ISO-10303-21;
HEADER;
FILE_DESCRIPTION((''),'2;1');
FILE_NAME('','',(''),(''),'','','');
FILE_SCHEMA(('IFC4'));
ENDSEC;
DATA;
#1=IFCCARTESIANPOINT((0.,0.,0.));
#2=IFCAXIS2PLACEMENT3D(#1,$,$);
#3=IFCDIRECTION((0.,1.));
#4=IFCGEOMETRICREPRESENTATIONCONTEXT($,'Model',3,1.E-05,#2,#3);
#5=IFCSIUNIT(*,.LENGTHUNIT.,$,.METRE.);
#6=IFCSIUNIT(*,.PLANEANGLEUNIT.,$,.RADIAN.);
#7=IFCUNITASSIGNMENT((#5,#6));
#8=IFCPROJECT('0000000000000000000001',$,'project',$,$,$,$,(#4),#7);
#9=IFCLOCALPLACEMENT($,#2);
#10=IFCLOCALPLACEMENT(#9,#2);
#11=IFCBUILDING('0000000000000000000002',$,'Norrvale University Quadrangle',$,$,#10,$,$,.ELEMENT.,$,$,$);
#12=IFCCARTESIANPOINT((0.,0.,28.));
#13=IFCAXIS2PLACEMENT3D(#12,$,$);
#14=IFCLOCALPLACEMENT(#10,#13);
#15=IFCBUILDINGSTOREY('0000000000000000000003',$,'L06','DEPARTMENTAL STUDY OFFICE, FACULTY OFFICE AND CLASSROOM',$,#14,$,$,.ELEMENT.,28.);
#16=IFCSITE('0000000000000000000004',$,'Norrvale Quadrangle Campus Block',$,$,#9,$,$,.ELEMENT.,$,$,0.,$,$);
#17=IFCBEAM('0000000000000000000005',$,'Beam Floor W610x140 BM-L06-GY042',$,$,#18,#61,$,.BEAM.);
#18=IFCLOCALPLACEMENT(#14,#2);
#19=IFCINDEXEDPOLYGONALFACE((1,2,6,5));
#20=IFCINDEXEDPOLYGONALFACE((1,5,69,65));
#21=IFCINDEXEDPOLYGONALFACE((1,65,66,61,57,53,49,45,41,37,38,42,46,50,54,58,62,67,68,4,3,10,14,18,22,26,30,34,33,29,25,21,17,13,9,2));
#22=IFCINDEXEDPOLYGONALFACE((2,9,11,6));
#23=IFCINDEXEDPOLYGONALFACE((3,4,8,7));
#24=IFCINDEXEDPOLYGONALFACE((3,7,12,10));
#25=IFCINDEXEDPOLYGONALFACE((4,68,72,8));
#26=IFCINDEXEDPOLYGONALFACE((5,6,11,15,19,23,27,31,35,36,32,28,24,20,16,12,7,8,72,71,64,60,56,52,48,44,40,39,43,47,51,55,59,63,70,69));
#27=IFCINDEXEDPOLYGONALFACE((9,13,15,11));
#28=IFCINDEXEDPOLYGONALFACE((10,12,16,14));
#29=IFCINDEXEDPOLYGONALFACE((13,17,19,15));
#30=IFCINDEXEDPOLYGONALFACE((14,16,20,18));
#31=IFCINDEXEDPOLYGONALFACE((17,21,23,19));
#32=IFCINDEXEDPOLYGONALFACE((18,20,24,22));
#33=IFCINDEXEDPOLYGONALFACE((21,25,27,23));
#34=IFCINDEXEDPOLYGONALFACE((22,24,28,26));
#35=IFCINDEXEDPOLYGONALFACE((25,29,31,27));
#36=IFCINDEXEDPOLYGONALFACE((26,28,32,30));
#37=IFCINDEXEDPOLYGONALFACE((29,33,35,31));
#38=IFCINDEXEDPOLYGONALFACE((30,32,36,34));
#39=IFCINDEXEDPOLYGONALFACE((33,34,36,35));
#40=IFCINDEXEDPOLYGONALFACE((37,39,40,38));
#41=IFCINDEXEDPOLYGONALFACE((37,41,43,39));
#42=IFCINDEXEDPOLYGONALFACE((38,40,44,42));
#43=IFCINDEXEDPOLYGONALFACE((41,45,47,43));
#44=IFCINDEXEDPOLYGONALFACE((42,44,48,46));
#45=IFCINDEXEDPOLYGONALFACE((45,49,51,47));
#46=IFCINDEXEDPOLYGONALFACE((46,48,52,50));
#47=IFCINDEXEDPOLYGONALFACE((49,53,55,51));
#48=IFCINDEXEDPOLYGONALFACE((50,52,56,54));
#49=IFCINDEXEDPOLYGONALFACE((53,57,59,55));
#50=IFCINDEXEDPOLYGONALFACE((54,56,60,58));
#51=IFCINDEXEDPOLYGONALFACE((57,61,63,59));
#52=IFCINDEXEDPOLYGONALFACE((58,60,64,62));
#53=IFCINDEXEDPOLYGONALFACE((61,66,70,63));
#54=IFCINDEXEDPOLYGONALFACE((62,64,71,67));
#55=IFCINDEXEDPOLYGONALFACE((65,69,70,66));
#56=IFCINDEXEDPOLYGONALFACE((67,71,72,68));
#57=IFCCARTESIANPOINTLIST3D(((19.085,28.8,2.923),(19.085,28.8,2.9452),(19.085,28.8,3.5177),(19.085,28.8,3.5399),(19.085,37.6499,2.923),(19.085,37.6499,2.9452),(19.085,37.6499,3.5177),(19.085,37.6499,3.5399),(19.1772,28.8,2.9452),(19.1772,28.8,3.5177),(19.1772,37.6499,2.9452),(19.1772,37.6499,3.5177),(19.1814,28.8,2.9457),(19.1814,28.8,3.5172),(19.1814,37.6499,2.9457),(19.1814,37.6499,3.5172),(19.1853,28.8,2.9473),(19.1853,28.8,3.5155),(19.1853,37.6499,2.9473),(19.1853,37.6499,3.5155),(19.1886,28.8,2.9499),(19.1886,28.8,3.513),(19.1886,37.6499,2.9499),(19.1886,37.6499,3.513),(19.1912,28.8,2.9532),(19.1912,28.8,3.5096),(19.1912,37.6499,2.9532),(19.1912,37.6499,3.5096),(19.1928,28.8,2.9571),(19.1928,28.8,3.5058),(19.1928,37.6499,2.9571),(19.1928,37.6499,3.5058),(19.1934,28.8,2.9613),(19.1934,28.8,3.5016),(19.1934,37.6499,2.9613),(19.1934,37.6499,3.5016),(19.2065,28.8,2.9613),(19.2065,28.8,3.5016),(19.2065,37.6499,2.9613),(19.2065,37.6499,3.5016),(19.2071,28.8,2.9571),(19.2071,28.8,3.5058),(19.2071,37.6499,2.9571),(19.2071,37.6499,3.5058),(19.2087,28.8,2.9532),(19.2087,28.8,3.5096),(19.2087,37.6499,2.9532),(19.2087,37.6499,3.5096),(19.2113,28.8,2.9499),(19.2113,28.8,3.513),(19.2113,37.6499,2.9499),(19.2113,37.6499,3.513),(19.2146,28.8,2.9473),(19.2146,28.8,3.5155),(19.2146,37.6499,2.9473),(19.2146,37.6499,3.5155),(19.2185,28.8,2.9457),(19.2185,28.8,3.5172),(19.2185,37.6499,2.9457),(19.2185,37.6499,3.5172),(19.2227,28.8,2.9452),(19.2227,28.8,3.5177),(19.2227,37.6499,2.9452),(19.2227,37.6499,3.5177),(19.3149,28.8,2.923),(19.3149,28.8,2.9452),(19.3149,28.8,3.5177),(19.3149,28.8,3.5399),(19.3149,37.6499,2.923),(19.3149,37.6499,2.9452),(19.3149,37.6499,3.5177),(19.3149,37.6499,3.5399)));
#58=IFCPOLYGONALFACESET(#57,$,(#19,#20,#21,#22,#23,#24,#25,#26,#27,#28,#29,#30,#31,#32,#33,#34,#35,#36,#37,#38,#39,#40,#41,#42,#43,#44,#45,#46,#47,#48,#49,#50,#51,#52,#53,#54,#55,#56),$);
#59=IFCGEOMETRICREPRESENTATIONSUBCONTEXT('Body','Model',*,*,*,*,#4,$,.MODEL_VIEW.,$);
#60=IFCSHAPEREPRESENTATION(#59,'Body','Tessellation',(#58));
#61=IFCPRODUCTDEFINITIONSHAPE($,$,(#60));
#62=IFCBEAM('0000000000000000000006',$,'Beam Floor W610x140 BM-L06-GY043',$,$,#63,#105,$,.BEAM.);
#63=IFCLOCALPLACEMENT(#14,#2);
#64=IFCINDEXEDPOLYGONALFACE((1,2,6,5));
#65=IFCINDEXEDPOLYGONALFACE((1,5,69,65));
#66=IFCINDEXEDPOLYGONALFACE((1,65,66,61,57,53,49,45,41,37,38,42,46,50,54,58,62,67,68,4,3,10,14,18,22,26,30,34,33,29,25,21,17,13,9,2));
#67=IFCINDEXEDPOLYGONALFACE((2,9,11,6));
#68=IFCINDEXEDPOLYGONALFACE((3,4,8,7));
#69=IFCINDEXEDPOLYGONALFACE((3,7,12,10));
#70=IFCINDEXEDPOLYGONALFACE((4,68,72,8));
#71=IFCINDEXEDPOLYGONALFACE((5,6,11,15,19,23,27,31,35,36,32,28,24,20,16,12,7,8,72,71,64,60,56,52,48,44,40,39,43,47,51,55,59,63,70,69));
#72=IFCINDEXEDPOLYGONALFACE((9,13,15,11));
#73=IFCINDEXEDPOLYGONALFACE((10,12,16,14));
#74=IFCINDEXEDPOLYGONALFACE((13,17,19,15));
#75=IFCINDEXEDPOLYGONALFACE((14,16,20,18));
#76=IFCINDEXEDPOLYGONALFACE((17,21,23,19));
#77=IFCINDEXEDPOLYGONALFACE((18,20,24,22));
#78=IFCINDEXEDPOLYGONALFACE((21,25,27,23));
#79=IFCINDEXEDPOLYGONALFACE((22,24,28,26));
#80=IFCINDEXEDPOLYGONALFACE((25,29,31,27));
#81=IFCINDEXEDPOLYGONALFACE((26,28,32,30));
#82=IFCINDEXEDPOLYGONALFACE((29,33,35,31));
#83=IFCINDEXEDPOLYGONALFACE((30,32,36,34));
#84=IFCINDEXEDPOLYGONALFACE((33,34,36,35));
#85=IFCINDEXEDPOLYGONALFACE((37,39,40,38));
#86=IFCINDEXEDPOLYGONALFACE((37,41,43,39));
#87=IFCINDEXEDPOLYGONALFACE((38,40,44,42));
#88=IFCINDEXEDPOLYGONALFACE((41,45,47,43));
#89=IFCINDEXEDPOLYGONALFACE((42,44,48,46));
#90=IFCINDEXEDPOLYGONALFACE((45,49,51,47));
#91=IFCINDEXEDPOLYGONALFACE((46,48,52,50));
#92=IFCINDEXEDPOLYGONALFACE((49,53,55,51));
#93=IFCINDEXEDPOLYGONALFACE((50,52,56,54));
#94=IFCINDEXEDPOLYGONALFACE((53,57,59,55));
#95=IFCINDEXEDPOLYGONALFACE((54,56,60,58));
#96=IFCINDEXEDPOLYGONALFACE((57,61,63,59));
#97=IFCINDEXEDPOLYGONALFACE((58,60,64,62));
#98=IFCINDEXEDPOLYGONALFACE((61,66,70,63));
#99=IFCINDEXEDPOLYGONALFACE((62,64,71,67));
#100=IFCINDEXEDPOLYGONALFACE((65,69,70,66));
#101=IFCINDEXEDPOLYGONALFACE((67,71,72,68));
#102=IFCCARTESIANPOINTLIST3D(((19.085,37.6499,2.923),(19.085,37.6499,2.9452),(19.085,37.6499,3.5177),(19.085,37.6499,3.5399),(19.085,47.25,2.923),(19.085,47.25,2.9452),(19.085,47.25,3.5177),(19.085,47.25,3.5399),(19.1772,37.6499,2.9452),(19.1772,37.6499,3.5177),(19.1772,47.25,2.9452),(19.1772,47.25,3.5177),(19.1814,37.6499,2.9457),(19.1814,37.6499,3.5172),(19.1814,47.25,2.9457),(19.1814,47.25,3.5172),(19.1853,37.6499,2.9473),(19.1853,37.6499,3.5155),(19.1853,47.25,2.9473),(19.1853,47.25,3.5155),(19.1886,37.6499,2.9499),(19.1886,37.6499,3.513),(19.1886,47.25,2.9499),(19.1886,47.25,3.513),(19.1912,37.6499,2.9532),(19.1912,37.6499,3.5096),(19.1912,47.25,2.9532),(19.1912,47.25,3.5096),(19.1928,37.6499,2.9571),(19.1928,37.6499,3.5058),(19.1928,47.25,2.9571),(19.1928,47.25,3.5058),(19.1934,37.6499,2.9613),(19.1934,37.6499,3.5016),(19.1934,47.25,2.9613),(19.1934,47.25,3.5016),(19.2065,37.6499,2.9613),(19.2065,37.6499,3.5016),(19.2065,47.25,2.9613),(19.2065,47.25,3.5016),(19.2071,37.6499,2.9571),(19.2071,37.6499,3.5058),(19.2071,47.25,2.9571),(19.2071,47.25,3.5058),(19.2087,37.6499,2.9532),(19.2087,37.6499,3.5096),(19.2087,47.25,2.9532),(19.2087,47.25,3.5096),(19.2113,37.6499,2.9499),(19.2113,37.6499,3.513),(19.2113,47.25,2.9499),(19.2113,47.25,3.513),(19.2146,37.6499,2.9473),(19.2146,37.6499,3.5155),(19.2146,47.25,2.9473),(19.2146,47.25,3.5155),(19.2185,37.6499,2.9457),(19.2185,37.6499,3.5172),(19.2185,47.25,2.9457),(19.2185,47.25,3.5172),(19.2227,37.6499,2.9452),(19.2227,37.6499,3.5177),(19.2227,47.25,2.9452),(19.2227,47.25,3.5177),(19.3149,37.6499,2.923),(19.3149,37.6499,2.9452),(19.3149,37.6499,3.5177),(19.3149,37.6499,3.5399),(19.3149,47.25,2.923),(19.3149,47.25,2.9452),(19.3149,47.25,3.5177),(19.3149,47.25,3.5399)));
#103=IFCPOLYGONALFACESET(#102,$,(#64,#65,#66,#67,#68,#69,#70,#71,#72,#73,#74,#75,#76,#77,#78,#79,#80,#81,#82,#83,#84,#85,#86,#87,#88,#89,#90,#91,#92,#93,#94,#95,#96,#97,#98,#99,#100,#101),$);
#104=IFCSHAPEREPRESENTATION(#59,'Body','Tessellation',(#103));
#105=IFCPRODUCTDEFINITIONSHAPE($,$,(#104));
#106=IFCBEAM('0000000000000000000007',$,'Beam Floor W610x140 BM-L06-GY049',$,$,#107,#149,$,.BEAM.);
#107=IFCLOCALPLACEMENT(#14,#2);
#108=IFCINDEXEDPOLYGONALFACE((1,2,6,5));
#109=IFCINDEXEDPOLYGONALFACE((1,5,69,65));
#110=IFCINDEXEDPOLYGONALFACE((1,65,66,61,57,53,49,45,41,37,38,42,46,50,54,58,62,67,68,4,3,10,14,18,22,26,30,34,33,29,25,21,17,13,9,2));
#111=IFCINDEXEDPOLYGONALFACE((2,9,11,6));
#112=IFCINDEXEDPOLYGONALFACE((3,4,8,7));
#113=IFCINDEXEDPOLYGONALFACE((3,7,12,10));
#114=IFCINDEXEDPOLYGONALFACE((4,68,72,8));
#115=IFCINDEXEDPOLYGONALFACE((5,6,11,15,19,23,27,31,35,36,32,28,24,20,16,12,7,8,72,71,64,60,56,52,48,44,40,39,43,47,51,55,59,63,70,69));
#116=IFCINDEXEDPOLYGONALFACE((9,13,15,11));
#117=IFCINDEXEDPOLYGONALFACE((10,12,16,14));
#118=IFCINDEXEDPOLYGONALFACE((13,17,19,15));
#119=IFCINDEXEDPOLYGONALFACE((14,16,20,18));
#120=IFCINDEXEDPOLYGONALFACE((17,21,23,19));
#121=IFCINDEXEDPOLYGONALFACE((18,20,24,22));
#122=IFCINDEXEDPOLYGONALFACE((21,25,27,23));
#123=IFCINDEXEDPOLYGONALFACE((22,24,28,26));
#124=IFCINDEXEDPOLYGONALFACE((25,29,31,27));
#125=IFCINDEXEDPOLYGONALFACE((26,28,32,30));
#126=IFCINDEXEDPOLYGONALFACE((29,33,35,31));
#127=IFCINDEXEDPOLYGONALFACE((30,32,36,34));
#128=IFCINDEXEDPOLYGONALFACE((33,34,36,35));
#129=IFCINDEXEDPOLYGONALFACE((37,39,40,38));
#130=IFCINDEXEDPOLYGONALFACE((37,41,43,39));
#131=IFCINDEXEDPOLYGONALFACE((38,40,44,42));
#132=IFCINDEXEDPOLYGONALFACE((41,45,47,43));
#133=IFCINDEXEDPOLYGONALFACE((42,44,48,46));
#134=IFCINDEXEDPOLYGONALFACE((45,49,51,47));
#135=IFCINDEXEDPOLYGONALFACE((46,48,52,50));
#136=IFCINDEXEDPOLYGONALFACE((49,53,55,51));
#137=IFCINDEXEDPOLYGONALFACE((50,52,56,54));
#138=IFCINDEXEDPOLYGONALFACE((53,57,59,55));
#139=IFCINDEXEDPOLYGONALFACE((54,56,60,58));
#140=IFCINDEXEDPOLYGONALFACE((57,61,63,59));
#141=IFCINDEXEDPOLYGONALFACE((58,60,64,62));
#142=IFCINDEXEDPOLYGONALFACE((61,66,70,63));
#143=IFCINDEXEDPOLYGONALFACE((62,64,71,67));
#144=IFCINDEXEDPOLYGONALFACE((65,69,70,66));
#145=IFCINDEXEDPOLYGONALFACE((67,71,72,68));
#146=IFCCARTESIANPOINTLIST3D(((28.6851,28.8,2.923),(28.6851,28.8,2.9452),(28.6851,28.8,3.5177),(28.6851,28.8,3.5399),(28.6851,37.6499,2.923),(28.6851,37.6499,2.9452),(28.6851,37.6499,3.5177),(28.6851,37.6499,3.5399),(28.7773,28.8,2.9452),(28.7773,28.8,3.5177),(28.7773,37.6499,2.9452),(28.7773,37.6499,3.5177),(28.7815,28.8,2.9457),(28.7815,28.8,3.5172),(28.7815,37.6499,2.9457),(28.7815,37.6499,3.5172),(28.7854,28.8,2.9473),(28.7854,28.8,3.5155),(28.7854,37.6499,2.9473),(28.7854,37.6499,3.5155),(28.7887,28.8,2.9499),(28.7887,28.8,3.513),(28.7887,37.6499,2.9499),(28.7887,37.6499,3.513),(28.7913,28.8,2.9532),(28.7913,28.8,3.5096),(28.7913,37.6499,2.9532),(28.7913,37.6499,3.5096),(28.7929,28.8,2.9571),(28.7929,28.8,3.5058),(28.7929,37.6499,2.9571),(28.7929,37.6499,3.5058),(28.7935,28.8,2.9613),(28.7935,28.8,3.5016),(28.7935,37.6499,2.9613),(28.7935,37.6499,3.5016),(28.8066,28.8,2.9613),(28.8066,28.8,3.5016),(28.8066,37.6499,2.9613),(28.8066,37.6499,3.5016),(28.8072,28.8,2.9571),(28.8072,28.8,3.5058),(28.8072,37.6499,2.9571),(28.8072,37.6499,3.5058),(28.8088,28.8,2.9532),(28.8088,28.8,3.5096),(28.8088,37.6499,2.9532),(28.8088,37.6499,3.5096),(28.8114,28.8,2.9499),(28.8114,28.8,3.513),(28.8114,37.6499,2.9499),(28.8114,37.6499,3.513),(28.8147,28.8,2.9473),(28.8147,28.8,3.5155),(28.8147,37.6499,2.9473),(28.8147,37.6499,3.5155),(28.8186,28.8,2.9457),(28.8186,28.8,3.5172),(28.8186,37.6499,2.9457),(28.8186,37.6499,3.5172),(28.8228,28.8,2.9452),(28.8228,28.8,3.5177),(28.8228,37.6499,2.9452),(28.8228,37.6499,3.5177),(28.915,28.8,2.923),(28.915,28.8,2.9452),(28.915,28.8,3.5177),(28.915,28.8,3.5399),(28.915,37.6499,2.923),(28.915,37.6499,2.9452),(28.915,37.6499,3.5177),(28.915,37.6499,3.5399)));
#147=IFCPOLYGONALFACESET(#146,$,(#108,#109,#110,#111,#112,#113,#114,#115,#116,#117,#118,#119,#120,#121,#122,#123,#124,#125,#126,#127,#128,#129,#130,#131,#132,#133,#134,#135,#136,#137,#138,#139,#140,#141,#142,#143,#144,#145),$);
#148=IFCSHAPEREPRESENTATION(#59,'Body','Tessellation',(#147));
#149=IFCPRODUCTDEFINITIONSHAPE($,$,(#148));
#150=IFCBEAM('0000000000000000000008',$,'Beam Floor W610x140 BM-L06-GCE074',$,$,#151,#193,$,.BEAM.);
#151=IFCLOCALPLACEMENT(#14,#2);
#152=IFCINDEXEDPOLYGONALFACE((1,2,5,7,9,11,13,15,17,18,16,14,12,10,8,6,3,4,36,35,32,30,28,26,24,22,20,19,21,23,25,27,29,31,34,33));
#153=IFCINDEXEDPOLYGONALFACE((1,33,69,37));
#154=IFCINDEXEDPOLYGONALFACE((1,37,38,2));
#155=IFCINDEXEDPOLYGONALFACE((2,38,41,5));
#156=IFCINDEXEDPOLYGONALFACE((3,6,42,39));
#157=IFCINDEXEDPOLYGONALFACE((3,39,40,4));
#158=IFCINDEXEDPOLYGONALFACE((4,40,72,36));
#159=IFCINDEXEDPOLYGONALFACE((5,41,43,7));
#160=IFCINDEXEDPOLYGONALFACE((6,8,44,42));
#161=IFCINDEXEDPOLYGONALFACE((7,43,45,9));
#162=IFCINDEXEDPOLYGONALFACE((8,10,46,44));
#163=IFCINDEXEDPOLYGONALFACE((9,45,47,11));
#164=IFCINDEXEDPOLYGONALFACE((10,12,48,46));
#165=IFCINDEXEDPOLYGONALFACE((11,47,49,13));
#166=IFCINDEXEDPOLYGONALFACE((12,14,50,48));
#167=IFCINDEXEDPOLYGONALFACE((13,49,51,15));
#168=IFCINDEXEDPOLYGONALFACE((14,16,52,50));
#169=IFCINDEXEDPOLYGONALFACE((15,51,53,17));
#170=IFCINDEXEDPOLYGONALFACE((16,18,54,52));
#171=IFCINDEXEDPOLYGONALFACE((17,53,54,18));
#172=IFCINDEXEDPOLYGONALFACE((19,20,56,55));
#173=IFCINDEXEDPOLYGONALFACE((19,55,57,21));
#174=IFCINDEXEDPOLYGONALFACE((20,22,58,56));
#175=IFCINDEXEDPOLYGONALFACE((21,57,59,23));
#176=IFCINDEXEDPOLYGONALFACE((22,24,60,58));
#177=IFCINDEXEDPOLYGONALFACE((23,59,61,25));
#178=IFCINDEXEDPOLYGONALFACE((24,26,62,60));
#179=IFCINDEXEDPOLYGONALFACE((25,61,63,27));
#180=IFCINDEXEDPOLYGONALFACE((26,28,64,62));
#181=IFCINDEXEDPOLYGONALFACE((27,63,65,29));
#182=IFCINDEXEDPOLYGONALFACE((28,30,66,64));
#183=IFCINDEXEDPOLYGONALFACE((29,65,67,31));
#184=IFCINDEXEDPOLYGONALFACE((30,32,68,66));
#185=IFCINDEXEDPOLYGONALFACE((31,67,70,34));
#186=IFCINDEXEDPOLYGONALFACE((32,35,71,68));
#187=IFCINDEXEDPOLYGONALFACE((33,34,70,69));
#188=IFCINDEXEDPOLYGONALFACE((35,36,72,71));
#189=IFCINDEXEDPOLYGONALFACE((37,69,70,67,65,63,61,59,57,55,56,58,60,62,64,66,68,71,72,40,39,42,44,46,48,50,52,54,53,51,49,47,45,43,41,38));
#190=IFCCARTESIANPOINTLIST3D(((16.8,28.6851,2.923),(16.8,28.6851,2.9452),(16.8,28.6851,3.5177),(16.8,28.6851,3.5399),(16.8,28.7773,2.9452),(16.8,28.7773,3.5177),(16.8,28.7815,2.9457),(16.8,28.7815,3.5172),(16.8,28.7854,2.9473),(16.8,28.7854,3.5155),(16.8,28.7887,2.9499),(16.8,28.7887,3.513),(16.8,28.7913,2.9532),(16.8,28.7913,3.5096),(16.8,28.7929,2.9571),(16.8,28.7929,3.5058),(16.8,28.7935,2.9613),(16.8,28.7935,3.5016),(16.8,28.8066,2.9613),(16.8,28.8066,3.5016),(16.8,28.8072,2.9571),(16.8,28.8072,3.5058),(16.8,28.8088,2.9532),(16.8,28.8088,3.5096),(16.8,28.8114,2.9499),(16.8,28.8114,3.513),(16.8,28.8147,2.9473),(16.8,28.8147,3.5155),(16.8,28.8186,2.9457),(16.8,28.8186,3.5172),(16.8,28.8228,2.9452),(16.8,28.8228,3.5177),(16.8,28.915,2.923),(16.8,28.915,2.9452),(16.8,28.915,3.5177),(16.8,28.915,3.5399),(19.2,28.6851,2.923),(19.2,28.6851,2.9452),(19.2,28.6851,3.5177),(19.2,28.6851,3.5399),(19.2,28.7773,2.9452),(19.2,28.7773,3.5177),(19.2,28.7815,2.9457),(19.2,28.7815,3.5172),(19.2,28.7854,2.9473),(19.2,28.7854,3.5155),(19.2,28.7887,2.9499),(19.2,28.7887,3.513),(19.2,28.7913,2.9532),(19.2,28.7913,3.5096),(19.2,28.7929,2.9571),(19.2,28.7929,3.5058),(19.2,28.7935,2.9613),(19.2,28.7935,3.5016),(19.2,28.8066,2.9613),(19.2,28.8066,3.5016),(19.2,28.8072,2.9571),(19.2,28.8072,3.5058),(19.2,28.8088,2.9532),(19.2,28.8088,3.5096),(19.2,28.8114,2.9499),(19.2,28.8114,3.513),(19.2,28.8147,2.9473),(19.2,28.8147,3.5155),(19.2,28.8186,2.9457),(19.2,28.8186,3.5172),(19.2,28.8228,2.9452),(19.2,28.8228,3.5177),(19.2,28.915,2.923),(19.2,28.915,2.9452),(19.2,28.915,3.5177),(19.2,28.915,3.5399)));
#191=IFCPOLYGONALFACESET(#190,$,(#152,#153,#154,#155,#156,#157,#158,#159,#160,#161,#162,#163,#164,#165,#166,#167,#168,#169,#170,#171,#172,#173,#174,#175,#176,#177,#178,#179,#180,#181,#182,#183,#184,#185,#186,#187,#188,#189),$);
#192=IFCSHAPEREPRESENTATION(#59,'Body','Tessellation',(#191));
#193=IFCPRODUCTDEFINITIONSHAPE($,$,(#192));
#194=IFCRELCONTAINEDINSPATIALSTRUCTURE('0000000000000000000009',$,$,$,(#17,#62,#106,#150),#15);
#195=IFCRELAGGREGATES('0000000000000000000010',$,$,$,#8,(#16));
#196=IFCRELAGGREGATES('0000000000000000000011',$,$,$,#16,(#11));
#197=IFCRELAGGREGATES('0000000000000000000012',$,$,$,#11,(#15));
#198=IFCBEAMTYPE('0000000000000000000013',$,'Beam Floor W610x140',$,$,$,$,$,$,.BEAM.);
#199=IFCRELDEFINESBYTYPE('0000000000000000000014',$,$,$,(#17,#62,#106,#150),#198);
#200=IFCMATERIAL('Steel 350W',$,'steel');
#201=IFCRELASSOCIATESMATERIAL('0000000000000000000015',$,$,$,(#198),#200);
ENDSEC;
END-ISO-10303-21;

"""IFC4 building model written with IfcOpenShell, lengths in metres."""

from ifc_helpers import new_model, si_unit, direction, frame, origin, origin_2d, place, context, subcontext, project, spatial, i_section, extrude, material, material_profile, profile_set, type_object, element, save


model = new_model("IFC4")

# Units and contexts
model_context = context("Model", 3, precision=1e-05, world=origin(), true_north=direction((0.0, 1.0)))
body_context = subcontext(model_context, "Body", "Model", "MODEL_VIEW")
ifc_project = project(units=[si_unit("LENGTHUNIT", "METRE"), si_unit("PLANEANGLEUNIT", "RADIAN")], contexts=[model_context])

# Site, building, storey
site_placement = place(None, origin())
site = spatial("IfcSite", under=ifc_project, at=site_placement, Name="Norrvale Quadrangle Campus Block", CompositionType="ELEMENT", RefElevation=0.0)
building_placement = place(site_placement, origin())
building = spatial("IfcBuilding", under=site, at=building_placement, Name="Norrvale University Quadrangle", CompositionType="ELEMENT")
storey_placement = place(building_placement, frame((0.0, 0.0, 28.0)))
storey = spatial("IfcBuildingStorey", under=building, at=storey_placement, Name="L06", Description="DEPARTMENTAL STUDY OFFICE, FACULTY OFFICE AND CLASSROOM", CompositionType="ELEMENT", Elevation=28.0)

# Beams
ifc_material_1 = material(Name="Steel 350W", Category="steel")
ifc_material_profile_1 = material_profile(ifc_material_1, i_section(OverallWidth=0.23, OverallDepth=0.6169, WebThickness=0.0132, FlangeThickness=0.0222, FilletRadius=0.0161, at=origin_2d()), Name="Steel 350W")
ifc_profile_set_1 = profile_set([ifc_material_profile_1], Name="Steel 350W")
beam_type_1 = type_object("IfcBeamType", Name="Beam Floor W610x140", PredefinedType="BEAM", material=ifc_profile_set_1)
for number, where, z_axis, x_axis, name in (
    (1, (19.2, 28.8, 3.2314), (0.0, 1.0, 0.0), (-1.0, 0.0, 0.0), "Beam Floor W610x140 BM-L06-GY042"),
):
    element("IfcBeam", number, at=place(storey_placement, frame(where, z_axis=z_axis, x_axis=x_axis)), inside=storey, type_object=beam_type_1, Name=name, PredefinedType="BEAM", context=body_context, shape_type="SweptSolid", body=[
        extrude(i_section(OverallWidth=0.23, OverallDepth=0.6169, WebThickness=0.0132, FlangeThickness=0.0222, FilletRadius=0.0161, at=origin_2d()), origin(), (0.0, 0.0, 1.0), 8.8499),
    ])
beam_1_placement = place(storey_placement, frame((19.2, 37.6499, 3.2314), z_axis=(0.0, 1.0, 0.0), x_axis=(-1.0, 0.0, 0.0)))
element("IfcBeam", 2, at=beam_1_placement, inside=storey, type_object=beam_type_1, Name="Beam Floor W610x140 BM-L06-GY043", PredefinedType="BEAM", context=body_context, shape_type="SweptSolid", body=[
    extrude(i_section(OverallWidth=0.23, OverallDepth=0.6169, WebThickness=0.0132, FlangeThickness=0.0222, FilletRadius=0.0161, at=origin_2d()), origin(), (0.0, 0.0, 1.0), 9.6001),
])
beam_2_placement = place(storey_placement, frame((28.8, 28.8, 3.2314), z_axis=(0.0, 1.0, 0.0), x_axis=(-1.0, 0.0, 0.0)))
element("IfcBeam", 3, at=beam_2_placement, inside=storey, type_object=beam_type_1, Name="Beam Floor W610x140 BM-L06-GY049", PredefinedType="BEAM", context=body_context, shape_type="SweptSolid", body=[
    extrude(i_section(OverallWidth=0.23, OverallDepth=0.6169, WebThickness=0.0132, FlangeThickness=0.0222, FilletRadius=0.0161, at=origin_2d()), origin(), (0.0, 0.0, 1.0), 8.8499),
])
for number, where, z_axis, x_axis, name in (
    (4, (16.8, 28.8, 3.2314), (1.0, 0.0, 0.0), (0.0, 1.0, 0.0), "Beam Floor W610x140 BM-L06-GCE074"),
):
    element("IfcBeam", number, at=place(storey_placement, frame(where, z_axis=z_axis, x_axis=x_axis)), inside=storey, type_object=beam_type_1, Name=name, PredefinedType="BEAM", context=body_context, shape_type="SweptSolid", body=[
        extrude(i_section(OverallWidth=0.23, OverallDepth=0.6169, WebThickness=0.0132, FlangeThickness=0.0222, FilletRadius=0.0161, at=origin_2d()), origin(), (0.0, 0.0, 1.0), 2.3999),
    ])

save(model, "model.ifc")
